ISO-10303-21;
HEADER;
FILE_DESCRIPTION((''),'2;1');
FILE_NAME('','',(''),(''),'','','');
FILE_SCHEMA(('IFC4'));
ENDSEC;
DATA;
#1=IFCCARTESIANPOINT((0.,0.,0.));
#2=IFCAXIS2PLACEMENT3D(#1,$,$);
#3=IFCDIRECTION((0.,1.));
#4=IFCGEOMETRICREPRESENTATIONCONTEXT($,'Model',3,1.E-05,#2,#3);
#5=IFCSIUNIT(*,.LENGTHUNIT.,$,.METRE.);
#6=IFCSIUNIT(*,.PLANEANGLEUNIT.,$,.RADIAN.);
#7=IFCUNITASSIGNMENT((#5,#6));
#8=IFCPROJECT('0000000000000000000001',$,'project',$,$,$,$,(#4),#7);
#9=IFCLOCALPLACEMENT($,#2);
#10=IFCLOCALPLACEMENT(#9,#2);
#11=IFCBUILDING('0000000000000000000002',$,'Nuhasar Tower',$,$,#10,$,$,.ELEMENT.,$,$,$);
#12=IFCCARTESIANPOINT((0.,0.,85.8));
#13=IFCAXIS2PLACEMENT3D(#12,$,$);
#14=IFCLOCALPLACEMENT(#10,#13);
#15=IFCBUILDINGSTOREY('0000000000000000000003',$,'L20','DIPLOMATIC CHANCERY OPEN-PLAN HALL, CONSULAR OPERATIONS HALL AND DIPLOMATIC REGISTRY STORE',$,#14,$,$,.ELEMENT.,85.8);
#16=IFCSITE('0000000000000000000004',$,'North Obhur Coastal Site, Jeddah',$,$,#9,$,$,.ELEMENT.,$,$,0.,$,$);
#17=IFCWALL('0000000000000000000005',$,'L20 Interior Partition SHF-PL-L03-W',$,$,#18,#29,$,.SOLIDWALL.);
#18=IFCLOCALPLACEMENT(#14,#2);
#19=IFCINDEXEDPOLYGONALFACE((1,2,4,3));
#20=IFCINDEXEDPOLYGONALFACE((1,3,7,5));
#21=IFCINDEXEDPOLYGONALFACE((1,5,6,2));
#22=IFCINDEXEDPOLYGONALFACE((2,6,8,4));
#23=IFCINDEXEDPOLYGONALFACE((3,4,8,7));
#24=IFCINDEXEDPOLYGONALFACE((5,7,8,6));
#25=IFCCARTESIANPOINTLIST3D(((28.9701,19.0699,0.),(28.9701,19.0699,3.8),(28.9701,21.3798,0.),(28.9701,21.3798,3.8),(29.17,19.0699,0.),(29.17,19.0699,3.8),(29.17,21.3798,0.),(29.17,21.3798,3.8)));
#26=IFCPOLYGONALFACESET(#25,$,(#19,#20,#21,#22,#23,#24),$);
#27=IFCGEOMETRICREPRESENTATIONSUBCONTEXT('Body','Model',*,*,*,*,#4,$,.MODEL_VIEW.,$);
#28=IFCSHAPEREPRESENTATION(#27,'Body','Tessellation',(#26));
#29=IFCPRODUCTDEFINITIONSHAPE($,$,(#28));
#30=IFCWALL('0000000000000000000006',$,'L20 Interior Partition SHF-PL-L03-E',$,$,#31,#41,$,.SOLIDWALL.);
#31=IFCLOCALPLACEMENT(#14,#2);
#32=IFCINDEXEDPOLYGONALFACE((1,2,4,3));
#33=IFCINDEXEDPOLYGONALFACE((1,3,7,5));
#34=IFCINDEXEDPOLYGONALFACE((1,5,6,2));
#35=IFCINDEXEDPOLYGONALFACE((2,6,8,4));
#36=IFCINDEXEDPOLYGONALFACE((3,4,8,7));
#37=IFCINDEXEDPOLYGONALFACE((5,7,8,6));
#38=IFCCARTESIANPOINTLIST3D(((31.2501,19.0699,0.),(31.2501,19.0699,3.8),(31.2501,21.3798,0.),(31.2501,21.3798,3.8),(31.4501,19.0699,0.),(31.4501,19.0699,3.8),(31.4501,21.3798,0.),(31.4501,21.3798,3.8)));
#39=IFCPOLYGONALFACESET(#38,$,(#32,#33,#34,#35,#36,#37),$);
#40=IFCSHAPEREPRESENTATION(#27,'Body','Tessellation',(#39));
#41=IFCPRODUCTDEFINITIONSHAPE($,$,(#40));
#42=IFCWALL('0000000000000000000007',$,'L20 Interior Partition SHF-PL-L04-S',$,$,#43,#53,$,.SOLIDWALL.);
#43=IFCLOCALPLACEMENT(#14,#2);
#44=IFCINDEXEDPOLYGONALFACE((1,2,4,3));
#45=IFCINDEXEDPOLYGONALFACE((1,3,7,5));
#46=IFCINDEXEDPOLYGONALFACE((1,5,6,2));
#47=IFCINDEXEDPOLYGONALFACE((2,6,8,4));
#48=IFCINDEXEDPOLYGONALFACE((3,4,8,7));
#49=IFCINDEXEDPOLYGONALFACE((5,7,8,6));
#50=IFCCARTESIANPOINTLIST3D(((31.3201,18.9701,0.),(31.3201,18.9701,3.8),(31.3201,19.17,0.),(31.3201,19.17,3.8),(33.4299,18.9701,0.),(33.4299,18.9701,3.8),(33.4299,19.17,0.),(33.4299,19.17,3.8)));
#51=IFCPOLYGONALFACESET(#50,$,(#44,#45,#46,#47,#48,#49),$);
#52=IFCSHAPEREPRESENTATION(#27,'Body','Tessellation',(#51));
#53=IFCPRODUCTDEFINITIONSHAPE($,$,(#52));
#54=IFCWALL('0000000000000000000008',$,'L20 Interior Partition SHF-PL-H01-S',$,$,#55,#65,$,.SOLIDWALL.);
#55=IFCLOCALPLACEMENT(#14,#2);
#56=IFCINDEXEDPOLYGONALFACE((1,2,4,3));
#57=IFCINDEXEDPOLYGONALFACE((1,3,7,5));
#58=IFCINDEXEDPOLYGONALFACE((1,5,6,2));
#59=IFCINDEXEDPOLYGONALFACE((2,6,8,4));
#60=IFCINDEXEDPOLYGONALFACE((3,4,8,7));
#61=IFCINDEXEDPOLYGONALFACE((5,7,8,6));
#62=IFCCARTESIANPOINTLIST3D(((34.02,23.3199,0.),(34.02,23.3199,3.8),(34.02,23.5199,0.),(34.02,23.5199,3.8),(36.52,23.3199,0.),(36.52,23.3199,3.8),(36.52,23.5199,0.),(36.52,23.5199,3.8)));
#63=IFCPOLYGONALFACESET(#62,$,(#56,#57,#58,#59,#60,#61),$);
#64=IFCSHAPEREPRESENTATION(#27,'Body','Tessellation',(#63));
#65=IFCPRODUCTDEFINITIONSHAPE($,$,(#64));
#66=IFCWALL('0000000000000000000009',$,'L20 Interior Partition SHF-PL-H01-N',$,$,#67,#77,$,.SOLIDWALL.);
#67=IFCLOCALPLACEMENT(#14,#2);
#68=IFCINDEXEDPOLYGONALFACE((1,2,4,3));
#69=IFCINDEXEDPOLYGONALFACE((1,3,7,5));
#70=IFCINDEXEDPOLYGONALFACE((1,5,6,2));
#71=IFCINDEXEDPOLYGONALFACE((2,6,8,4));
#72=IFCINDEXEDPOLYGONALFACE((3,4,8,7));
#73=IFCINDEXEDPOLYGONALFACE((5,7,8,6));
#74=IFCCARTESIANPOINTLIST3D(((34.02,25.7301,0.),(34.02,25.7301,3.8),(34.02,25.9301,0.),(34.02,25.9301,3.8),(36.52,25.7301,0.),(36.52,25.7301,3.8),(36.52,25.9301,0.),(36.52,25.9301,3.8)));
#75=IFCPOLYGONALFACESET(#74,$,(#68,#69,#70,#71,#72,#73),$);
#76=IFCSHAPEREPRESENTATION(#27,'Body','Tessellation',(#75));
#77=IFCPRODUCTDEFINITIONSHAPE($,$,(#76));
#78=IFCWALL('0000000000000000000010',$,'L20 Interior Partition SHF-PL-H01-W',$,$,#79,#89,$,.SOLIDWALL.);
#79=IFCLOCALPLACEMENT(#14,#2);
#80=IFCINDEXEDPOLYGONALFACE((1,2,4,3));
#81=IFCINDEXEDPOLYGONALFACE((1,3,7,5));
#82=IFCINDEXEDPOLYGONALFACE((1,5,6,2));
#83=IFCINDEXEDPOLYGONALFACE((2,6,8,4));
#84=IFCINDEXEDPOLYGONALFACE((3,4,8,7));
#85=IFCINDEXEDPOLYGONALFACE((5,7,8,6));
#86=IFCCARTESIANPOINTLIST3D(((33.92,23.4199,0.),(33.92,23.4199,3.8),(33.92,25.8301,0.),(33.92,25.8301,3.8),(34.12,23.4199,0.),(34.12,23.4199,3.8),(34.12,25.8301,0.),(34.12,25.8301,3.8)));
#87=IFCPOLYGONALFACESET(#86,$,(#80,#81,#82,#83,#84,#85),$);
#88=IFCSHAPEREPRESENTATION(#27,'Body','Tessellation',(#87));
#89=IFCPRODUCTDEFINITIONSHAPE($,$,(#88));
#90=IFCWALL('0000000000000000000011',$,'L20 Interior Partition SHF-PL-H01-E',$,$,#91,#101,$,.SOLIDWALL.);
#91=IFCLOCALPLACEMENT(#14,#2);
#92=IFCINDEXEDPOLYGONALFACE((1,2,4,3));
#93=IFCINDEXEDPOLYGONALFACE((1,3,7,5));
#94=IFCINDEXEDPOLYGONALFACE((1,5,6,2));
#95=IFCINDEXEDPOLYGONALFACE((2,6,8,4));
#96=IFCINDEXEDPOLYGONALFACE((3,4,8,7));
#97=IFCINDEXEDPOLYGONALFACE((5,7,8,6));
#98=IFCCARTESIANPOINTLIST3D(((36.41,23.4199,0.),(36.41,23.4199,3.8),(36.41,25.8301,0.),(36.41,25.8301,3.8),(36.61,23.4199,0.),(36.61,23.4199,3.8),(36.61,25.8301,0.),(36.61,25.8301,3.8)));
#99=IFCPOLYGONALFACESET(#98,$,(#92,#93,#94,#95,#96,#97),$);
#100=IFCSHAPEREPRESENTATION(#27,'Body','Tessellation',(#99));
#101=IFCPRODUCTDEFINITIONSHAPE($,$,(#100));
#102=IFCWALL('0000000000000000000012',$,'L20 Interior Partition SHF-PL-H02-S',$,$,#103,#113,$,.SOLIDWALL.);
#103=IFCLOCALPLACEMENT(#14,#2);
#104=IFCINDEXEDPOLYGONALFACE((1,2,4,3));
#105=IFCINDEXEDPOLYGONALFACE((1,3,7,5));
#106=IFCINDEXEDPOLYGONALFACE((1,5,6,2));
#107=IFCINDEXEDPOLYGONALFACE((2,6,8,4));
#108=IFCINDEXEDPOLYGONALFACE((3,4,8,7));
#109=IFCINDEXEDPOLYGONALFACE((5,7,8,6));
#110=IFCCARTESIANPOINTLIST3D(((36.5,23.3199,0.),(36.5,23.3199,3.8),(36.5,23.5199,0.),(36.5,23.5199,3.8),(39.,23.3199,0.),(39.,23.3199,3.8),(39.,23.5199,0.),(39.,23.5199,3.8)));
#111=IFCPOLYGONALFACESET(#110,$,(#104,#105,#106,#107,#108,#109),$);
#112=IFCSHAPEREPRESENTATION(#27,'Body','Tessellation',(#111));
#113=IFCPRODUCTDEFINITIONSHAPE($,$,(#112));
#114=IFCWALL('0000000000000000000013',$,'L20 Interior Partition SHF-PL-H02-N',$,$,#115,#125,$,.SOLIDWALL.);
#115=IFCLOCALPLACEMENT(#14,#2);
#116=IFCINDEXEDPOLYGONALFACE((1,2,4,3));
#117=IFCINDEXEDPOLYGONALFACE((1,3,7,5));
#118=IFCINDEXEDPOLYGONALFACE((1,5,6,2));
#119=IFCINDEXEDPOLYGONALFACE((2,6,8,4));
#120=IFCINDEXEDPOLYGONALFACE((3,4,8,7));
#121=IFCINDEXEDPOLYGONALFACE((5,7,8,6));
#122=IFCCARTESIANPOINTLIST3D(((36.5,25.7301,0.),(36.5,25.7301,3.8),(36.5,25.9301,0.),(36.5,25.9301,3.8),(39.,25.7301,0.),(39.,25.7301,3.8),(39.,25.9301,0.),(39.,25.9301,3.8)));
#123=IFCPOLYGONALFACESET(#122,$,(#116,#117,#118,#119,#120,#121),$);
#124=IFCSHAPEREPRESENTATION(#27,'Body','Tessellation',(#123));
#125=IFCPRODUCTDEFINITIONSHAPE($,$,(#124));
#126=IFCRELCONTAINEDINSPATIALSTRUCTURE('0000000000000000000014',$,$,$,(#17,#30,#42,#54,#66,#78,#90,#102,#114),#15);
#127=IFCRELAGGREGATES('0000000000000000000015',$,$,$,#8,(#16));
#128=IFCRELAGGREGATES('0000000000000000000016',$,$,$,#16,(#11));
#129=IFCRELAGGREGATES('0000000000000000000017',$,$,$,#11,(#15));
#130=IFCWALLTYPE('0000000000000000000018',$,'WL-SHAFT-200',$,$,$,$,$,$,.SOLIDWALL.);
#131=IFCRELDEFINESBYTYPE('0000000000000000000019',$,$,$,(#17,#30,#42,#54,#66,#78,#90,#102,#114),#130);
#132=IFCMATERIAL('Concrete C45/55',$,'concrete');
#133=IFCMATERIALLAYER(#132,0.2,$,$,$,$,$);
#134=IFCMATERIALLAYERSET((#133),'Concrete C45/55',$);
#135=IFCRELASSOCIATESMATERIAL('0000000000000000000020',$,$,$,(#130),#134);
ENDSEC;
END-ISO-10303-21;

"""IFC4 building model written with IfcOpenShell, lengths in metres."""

from ifc_helpers import new_model, si_unit, direction, frame, frame_2d, origin, place, context, subcontext, project, spatial, rectangle, extrude, material, layer, layer_set, type_object, element, save


model = new_model("IFC4")

# Units and contexts
model_context = context("Model", 3, precision=1e-05, world=origin(), true_north=direction((0.0, 1.0)))
body_context = subcontext(model_context, "Body", "Model", "MODEL_VIEW")
ifc_project = project(units=[si_unit("LENGTHUNIT", "METRE"), si_unit("PLANEANGLEUNIT", "RADIAN")], contexts=[model_context])

# Site, building, storey
site_placement = place(None, origin())
site = spatial("IfcSite", under=ifc_project, at=site_placement, Name="North Obhur Coastal Site, Jeddah", CompositionType="ELEMENT", RefElevation=0.0)
building_placement = place(site_placement, origin())
building = spatial("IfcBuilding", under=site, at=building_placement, Name="Nuhasar Tower", CompositionType="ELEMENT")
storey_placement = place(building_placement, frame((0.0, 0.0, 85.8)))
storey = spatial("IfcBuildingStorey", under=building, at=storey_placement, Name="L20", Description="DIPLOMATIC CHANCERY OPEN-PLAN HALL, CONSULAR OPERATIONS HALL AND DIPLOMATIC REGISTRY STORE", CompositionType="ELEMENT", Elevation=85.8)

# Shared definitions
ifc_material_1 = material(Name="Concrete C45/55", Category="concrete")
ifc_layer_1 = layer(ifc_material_1, 0.2)
ifc_layer_set_1 = layer_set([ifc_layer_1], Name="Concrete C45/55")
wall_type_1 = type_object("IfcWallType", Name="WL-SHAFT-200", PredefinedType="SOLIDWALL", material=ifc_layer_set_1)

# Walls
for number, where, z_axis, x_axis, name in (
    (1, (29.0701, 19.0701, 0.0), (0.0, 0.0, 1.0), (0.0, 1.0, 0.0), "L20 Interior Partition SHF-PL-L03-W"),
    (2, (31.3501, 19.0701, 0.0), (0.0, 0.0, 1.0), (0.0, 1.0, 0.0), "L20 Interior Partition SHF-PL-L03-E"),
):
    element("IfcWall", number, at=place(storey_placement, frame(where, z_axis=z_axis, x_axis=x_axis)), inside=storey, type_object=wall_type_1, Name=name, PredefinedType="SOLIDWALL", context=body_context, shape_type="SweptSolid", body=[
        extrude(rectangle(XDim=2.3098, YDim=0.2, at=frame_2d((1.1548, 0.0))), origin(), (0.0, 0.0, 1.0), 3.8),
    ])
wall_1_placement = place(storey_placement, frame((31.3201, 19.0701, 0.0), z_axis=(0.0, 0.0, 1.0), x_axis=(1.0, 0.0, 0.0)))
element("IfcWall", 3, at=wall_1_placement, inside=storey, type_object=wall_type_1, Name="L20 Interior Partition SHF-PL-L04-S", PredefinedType="SOLIDWALL", context=body_context, shape_type="SweptSolid", body=[
    extrude(rectangle(XDim=2.1099, YDim=0.2, at=frame_2d((1.0549, 0.0))), origin(), (0.0, 0.0, 1.0), 3.8),
])

# Walls
for number, where, z_axis, x_axis, name in (
    (4, (34.02, 23.4199, 0.0), (0.0, 0.0, 1.0), (1.0, 0.0, 0.0), "L20 Interior Partition SHF-PL-H01-S"),
    (5, (34.02, 25.8301, 0.0), (0.0, 0.0, 1.0), (1.0, 0.0, 0.0), "L20 Interior Partition SHF-PL-H01-N"),
):
    element("IfcWall", number, at=place(storey_placement, frame(where, z_axis=z_axis, x_axis=x_axis)), inside=storey, type_object=wall_type_1, Name=name, PredefinedType="SOLIDWALL", context=body_context, shape_type="SweptSolid", body=[
        extrude(rectangle(XDim=2.5, YDim=0.2, at=frame_2d((1.25, 0.0))), origin(), (0.0, 0.0, 1.0), 3.8),
    ])
for number, where, z_axis, x_axis, name in (
    (6, (34.02, 23.4199, 0.0), (0.0, 0.0, 1.0), (0.0, 1.0, 0.0), "L20 Interior Partition SHF-PL-H01-W"),
    (7, (36.51, 23.4199, 0.0), (0.0, 0.0, 1.0), (0.0, 1.0, 0.0), "L20 Interior Partition SHF-PL-H01-E"),
):
    element("IfcWall", number, at=place(storey_placement, frame(where, z_axis=z_axis, x_axis=x_axis)), inside=storey, type_object=wall_type_1, Name=name, PredefinedType="SOLIDWALL", context=body_context, shape_type="SweptSolid", body=[
        extrude(rectangle(XDim=2.4102, YDim=0.2, at=frame_2d((1.2051, 0.0))), origin(), (0.0, 0.0, 1.0), 3.8),
    ])
for number, where, z_axis, x_axis, name in (
    (8, (36.5, 23.4199, 0.0), (0.0, 0.0, 1.0), (1.0, 0.0, 0.0), "L20 Interior Partition SHF-PL-H02-S"),
    (9, (36.5, 25.8301, 0.0), (0.0, 0.0, 1.0), (1.0, 0.0, 0.0), "L20 Interior Partition SHF-PL-H02-N"),
):
    element("IfcWall", number, at=place(storey_placement, frame(where, z_axis=z_axis, x_axis=x_axis)), inside=storey, type_object=wall_type_1, Name=name, PredefinedType="SOLIDWALL", context=body_context, shape_type="SweptSolid", body=[
        extrude(rectangle(XDim=2.5, YDim=0.2, at=frame_2d((1.25, 0.0))), origin(), (0.0, 0.0, 1.0), 3.8),
    ])

save(model, "model.ifc")
